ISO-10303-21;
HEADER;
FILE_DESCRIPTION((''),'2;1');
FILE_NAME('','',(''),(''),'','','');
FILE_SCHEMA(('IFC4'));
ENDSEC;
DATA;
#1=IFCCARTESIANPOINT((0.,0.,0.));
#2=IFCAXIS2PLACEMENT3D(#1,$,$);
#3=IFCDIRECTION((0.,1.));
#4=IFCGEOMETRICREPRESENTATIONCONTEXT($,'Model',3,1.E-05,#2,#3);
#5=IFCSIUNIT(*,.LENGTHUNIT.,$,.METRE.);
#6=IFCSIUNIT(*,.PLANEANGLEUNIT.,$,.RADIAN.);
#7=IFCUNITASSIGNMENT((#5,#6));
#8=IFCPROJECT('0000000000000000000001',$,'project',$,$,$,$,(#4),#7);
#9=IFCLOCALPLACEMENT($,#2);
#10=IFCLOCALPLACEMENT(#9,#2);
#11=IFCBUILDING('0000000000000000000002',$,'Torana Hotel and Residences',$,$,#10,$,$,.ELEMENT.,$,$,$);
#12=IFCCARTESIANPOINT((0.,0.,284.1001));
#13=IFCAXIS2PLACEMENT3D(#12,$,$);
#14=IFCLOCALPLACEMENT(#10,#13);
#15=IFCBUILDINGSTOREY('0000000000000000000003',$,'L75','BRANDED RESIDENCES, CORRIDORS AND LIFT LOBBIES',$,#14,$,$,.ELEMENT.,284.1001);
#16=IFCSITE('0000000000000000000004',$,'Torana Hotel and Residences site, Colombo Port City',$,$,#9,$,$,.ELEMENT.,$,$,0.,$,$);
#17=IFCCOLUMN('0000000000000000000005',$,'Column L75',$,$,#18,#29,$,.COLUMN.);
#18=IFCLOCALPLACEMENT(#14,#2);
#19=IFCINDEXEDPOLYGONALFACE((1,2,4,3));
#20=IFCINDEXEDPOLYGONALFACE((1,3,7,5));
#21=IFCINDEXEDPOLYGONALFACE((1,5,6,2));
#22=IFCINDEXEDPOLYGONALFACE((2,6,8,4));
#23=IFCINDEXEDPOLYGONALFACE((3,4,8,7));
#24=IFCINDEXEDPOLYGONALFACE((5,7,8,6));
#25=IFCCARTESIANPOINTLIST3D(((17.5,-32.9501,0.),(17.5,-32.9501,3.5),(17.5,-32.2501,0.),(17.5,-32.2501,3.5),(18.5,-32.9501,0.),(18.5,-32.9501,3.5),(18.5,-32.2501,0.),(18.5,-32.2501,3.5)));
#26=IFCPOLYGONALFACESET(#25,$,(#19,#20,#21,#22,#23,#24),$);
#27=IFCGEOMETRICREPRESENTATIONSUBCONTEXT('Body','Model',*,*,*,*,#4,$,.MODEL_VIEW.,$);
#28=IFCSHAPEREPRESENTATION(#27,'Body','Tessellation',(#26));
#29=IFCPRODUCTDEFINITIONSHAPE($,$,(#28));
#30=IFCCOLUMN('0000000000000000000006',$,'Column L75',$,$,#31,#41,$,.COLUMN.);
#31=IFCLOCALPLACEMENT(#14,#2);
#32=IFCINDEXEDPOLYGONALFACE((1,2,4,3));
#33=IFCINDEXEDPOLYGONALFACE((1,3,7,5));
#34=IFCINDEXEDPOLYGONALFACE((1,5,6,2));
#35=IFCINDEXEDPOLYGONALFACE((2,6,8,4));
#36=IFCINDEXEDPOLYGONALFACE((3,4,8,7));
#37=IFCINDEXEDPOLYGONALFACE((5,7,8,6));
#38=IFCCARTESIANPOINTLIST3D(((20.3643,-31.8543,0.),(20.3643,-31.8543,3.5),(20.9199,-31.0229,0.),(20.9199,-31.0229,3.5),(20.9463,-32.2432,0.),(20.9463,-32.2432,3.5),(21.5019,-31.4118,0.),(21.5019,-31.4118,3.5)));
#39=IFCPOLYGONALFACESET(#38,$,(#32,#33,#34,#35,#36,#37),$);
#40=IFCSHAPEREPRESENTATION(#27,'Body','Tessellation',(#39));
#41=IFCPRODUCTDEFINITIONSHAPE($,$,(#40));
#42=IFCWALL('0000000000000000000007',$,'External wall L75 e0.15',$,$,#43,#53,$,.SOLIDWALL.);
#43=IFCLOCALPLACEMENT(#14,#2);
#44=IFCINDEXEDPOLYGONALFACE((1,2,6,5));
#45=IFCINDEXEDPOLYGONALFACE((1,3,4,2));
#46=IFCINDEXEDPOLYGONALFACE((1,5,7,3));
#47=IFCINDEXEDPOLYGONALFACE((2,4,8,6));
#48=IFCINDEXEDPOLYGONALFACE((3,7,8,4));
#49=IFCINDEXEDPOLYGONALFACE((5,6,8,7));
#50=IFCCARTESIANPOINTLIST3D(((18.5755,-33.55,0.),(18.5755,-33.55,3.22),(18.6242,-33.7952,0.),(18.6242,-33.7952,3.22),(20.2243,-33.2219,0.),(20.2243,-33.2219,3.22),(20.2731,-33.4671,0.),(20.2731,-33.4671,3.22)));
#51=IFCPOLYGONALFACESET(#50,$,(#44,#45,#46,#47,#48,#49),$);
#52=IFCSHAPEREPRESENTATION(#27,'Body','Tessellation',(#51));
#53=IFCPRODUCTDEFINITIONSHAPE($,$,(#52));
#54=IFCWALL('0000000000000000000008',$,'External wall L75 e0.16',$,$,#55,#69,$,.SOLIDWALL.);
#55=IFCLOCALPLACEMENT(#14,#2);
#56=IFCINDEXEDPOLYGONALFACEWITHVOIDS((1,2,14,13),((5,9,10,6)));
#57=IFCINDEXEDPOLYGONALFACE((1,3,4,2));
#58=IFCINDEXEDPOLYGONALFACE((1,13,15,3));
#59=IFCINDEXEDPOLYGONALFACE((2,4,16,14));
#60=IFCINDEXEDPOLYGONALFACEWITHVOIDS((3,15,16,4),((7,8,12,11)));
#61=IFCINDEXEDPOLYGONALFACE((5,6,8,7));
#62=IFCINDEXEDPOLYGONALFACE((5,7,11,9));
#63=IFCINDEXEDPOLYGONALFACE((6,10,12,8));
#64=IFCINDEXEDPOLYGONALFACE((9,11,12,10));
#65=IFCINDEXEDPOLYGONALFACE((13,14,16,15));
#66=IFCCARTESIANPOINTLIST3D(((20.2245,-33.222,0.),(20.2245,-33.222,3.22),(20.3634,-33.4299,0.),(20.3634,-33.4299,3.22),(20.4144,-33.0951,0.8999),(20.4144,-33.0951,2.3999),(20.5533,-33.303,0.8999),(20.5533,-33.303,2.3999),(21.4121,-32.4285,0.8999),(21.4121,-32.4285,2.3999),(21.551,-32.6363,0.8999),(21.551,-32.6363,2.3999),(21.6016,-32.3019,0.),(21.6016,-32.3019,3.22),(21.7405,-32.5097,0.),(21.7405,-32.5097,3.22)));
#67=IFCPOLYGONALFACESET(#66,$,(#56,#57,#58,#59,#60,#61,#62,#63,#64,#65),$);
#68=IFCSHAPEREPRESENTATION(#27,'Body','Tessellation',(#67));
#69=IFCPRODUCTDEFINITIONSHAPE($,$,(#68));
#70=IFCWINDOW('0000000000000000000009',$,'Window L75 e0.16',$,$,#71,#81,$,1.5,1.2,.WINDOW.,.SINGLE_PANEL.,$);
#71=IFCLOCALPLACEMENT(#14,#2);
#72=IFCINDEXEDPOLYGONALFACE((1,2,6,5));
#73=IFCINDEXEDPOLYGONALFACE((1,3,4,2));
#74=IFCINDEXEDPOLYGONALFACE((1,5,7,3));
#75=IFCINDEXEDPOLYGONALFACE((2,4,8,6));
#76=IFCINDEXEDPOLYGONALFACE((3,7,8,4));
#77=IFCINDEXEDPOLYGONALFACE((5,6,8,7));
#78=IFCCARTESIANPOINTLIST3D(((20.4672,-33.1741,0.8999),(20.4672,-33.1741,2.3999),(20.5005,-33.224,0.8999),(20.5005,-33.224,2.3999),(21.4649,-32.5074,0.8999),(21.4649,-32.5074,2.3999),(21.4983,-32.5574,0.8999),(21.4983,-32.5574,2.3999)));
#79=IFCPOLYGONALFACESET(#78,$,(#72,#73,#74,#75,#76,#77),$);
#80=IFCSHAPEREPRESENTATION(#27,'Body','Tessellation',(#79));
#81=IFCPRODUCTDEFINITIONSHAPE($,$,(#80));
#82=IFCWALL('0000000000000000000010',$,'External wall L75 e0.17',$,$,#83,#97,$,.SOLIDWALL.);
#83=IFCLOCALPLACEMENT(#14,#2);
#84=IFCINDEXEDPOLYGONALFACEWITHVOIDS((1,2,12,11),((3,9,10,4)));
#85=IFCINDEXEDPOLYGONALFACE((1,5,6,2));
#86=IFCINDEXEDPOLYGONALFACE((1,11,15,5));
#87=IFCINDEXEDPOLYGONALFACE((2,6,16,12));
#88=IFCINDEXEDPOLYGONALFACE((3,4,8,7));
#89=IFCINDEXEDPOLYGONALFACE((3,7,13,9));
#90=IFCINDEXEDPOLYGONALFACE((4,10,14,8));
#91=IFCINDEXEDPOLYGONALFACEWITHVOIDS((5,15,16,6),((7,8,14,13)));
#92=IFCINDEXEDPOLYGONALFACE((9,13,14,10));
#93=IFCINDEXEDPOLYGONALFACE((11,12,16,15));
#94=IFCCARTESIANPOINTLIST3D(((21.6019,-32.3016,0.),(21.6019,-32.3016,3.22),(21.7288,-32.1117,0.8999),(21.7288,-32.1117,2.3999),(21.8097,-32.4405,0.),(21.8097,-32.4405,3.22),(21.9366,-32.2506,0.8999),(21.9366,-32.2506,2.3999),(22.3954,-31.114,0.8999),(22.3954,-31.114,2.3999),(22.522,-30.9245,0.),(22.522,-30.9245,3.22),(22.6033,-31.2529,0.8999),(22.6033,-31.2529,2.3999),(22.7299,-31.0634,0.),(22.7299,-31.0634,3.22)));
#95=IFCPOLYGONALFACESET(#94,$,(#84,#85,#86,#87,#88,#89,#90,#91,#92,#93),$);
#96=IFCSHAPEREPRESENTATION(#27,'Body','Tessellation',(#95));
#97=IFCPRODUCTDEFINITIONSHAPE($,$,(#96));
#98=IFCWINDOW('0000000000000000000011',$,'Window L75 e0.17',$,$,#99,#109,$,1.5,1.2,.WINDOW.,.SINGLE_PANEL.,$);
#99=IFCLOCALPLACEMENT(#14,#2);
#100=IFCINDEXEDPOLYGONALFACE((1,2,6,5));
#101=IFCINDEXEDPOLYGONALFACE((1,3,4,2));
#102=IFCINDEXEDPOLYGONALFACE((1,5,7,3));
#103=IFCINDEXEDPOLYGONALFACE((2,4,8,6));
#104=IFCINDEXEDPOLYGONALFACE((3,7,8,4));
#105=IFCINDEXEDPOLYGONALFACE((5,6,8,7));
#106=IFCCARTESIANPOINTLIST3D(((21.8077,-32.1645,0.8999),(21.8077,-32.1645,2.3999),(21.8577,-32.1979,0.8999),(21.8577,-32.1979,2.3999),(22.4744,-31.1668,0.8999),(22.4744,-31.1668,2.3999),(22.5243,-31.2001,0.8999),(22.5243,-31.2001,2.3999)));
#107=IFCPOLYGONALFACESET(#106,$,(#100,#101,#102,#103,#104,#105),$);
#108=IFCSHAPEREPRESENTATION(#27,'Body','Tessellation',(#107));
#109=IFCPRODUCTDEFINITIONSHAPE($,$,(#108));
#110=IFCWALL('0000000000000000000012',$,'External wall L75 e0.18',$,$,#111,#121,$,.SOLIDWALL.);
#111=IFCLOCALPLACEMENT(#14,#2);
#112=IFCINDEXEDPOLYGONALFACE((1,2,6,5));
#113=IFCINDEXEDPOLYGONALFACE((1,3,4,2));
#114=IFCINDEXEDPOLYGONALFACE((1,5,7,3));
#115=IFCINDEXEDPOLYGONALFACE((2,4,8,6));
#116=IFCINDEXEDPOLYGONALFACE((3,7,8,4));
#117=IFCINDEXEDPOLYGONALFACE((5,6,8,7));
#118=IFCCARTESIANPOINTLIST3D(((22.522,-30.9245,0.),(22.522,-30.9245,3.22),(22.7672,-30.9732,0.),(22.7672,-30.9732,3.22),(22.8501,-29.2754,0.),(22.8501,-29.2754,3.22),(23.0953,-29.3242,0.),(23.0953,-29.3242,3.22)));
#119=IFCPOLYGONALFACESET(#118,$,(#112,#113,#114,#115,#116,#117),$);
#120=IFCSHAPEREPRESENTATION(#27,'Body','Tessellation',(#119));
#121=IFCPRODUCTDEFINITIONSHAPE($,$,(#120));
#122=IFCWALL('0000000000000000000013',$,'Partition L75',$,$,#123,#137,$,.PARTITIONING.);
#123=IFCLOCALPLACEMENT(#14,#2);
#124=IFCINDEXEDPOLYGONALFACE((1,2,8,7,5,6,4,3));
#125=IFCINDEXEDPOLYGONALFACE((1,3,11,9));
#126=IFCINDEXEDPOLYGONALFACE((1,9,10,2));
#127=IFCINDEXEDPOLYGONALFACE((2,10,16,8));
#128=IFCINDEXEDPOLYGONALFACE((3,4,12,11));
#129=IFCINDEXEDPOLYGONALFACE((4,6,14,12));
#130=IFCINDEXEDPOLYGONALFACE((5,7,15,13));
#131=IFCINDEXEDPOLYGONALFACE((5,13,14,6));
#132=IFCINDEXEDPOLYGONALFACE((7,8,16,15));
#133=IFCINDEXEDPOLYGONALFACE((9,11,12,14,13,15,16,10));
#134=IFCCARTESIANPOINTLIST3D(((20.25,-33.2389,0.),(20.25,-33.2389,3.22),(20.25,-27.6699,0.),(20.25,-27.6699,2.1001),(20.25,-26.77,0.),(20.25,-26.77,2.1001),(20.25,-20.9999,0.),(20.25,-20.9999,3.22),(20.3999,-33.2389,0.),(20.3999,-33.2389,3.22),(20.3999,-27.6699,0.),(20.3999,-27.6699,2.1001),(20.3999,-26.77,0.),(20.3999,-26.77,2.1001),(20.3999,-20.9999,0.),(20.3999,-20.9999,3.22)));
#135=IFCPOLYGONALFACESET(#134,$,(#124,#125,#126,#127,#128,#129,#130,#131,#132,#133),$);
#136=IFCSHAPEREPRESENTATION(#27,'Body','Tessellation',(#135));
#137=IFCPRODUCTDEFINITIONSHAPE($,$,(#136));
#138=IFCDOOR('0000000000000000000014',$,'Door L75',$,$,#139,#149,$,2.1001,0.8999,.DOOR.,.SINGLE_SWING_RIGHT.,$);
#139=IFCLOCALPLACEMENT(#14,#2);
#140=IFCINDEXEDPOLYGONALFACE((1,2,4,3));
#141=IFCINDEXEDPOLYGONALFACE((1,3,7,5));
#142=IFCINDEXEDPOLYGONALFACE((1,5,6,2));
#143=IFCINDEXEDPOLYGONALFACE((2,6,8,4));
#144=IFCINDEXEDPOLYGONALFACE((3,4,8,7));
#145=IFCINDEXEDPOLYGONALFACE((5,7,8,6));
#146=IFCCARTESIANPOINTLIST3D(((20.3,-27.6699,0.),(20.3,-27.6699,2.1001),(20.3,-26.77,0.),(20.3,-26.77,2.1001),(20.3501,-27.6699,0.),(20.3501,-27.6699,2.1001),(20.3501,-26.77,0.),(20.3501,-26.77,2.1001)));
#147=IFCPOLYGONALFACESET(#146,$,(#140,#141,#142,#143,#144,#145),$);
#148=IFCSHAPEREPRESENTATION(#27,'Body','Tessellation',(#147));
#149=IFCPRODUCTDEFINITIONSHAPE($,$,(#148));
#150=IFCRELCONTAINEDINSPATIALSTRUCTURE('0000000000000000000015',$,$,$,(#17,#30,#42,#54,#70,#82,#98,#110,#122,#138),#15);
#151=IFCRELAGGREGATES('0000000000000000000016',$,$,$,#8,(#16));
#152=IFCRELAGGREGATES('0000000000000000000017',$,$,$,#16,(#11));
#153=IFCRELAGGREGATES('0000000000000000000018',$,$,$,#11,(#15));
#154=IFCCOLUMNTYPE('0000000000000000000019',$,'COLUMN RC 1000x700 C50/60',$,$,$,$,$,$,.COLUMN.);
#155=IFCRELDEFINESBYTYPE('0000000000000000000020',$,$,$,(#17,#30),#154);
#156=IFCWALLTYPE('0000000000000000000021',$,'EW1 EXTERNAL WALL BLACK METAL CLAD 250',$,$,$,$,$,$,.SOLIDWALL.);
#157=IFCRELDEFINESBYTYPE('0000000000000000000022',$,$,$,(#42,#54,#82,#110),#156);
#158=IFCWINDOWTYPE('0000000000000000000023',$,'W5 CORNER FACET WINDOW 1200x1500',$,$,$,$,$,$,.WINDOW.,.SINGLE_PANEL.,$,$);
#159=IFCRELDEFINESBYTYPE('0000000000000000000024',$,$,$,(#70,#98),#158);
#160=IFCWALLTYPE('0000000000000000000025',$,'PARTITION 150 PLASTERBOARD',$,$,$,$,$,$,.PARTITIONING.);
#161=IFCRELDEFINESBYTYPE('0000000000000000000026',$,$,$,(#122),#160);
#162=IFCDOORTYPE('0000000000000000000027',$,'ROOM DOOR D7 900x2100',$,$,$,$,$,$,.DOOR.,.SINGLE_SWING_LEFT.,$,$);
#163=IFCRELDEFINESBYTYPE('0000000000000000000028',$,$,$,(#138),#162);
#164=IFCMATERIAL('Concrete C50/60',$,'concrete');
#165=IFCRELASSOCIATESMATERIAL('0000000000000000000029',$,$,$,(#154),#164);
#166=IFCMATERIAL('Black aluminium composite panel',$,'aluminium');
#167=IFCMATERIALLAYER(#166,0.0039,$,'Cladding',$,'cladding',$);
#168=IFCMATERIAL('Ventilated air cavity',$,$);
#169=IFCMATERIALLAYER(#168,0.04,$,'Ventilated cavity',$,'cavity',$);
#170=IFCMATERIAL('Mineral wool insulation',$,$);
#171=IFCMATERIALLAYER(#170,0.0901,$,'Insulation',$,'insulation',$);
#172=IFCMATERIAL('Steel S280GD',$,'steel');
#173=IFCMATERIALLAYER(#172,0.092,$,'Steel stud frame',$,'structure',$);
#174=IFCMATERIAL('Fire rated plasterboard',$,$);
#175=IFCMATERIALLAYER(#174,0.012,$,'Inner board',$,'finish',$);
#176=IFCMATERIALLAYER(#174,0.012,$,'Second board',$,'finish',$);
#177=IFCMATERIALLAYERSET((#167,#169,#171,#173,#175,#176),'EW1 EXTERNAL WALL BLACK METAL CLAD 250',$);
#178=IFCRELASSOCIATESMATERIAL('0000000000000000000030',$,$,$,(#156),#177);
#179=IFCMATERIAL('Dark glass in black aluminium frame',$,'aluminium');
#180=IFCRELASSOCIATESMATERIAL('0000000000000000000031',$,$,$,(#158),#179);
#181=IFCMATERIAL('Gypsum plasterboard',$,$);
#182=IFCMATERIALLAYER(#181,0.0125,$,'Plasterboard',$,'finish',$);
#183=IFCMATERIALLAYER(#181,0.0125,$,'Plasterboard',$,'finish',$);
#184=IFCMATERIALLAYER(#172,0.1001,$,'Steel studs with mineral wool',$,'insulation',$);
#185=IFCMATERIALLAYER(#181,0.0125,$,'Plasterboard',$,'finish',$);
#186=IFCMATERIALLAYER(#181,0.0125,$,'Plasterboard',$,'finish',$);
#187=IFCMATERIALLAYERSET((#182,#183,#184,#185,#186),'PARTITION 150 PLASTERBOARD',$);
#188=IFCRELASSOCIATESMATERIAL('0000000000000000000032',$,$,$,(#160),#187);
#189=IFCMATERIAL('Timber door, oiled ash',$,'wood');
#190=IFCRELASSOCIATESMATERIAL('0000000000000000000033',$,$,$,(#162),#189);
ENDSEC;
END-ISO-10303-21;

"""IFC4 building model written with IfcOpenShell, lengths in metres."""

from ifc_helpers import new_model, si_unit, direction, frame, frame_2d, origin, origin_2d, place, context, subcontext, project, spatial, rectangle, extrude, material, layer, layer_set, material_profile, profile_set, type_object, element, fill, save


model = new_model("IFC4")

# Units and contexts
model_context = context("Model", 3, precision=1e-05, world=origin(), true_north=direction((0.0, 1.0)))
body_context = subcontext(model_context, "Body", "Model", "MODEL_VIEW")
ifc_project = project(units=[si_unit("LENGTHUNIT", "METRE"), si_unit("PLANEANGLEUNIT", "RADIAN")], contexts=[model_context])

# Site, building, storey
site_placement = place(None, origin())
site = spatial("IfcSite", under=ifc_project, at=site_placement, Name="Torana Hotel and Residences site, Colombo Port City", CompositionType="ELEMENT", RefElevation=0.0)
building_placement = place(site_placement, origin())
building = spatial("IfcBuilding", under=site, at=building_placement, Name="Torana Hotel and Residences", CompositionType="ELEMENT")
storey_placement = place(building_placement, frame((0.0, 0.0, 284.1001)))
storey = spatial("IfcBuildingStorey", under=building, at=storey_placement, Name="L75", Description="BRANDED RESIDENCES, CORRIDORS AND LIFT LOBBIES", CompositionType="ELEMENT", Elevation=284.1001)

# Columns
ifc_material_1 = material(Name="Concrete C50/60", Category="concrete")
ifc_material_profile = material_profile(ifc_material_1, rectangle(XDim=1.0, YDim=0.7, at=origin_2d()), Name="RC 1000x700")
ifc_profile_set = profile_set([ifc_material_profile], Name="Concrete C50/60")
column_type = type_object("IfcColumnType", Name="COLUMN RC 1000x700 C50/60", PredefinedType="COLUMN", material=ifc_profile_set)
for number, where, z_axis, x_axis, name in (
    (1, (18.0, -32.6001, 0.0), (0.0, 0.0, 1.0), (1.0, 0.0, 0.0), "Column L75"),
    (2, (20.9331, -31.6331, 0.0), (0.0, 0.0, 1.0), (0.555585, 0.83146, 0.0), "Column L75"),
):
    element("IfcColumn", number, at=place(storey_placement, frame(where, z_axis=z_axis, x_axis=x_axis)), inside=storey, type_object=column_type, Name=name, PredefinedType="COLUMN", context=body_context, shape_type="SweptSolid", body=[
        extrude(rectangle(XDim=1.0, YDim=0.7, at=origin_2d()), origin(), (0.0, 0.0, 1.0), 3.5),
    ])

# Wall
ifc_material_2 = material(Name="Black aluminium composite panel", Category="aluminium")
ifc_layer_1 = layer(ifc_material_2, 0.0039, Name="Cladding", Category="cladding")
ifc_material_3 = material(Name="Ventilated air cavity")
ifc_layer_2 = layer(ifc_material_3, 0.04, Name="Ventilated cavity", Category="cavity")
ifc_material_4 = material(Name="Mineral wool insulation")
ifc_layer_3 = layer(ifc_material_4, 0.0901, Name="Insulation", Category="insulation")
ifc_material_5 = material(Name="Steel S280GD", Category="steel")
ifc_layer_4 = layer(ifc_material_5, 0.092, Name="Steel stud frame", Category="structure")
ifc_material_6 = material(Name="Fire rated plasterboard")
ifc_layer_5 = layer(ifc_material_6, 0.012, Name="Inner board", Category="finish")
ifc_layer_6 = layer(ifc_material_6, 0.012, Name="Second board", Category="finish")
ifc_layer_set_1 = layer_set([ifc_layer_1, ifc_layer_2, ifc_layer_3, ifc_layer_4, ifc_layer_5, ifc_layer_6], Name="EW1 EXTERNAL WALL BLACK METAL CLAD 250")
wall_type_1 = type_object("IfcWallType", Name="EW1 EXTERNAL WALL BLACK METAL CLAD 250", PredefinedType="SOLIDWALL", material=ifc_layer_set_1)
wall_1_placement = place(storey_placement, frame((18.5999, -33.6726, 0.0), z_axis=(0.0, 0.0, 1.0), x_axis=(0.98077, 0.195167, 0.0)))
element("IfcWall", 3, at=wall_1_placement, inside=storey, type_object=wall_type_1, Name="External wall L75 e0.15", PredefinedType="SOLIDWALL", context=body_context, shape_type="SweptSolid", body=[
    extrude(rectangle(XDim=1.6812, YDim=0.25, at=frame_2d((0.8406, 0.0))), origin(), (0.0, 0.0, 1.0), 3.22),
])

# Walls, openings, windows
wall_2_placement = place(storey_placement, frame((20.2939, -33.3259, 0.0), z_axis=(0.0, 0.0, 1.0), x_axis=(0.831483, 0.55555, 0.0)))
wall_2 = element("IfcWall", 4, at=wall_2_placement, inside=storey, type_object=wall_type_1, Name="External wall L75 e0.16", PredefinedType="SOLIDWALL", context=body_context, shape_type="SweptSolid", body=[
    extrude(rectangle(XDim=1.6562, YDim=0.25, at=frame_2d((0.8281, 0.0))), origin(), (0.0, 0.0, 1.0), 3.22),
])
opening_1_placement = place(wall_2_placement, frame((0.2283, 0.0, 0.8999)))
opening_1 = element("IfcOpeningElement", 5, at=opening_1_placement, cuts=wall_2, PredefinedType="OPENING", context=body_context, shape_type="SweptSolid", body=[
    extrude(rectangle(XDim=1.2, YDim=1.5, at=frame_2d((0.6001, 0.75))), frame((0.0, 0.135, 0.0), z_axis=(0.0, -1.0, 0.0), x_axis=(1.0, 0.0, 0.0)), (0.0, 0.0, 1.0), 0.27),
])
ifc_material_7 = material(Name="Dark glass in black aluminium frame", Category="aluminium")
window_type_1 = type_object("IfcWindowType", Name="W5 CORNER FACET WINDOW 1200x1500", PartitioningType="SINGLE_PANEL", PredefinedType="WINDOW", material=ifc_material_7)
window_1_placement = place(opening_1_placement, origin())
window_1 = element("IfcWindow", 6, at=window_1_placement, inside=storey, type_object=window_type_1, Name="Window L75 e0.16", OverallHeight=1.5, OverallWidth=1.2, PartitioningType="SINGLE_PANEL", PredefinedType="WINDOW", context=body_context, shape_type="SweptSolid", body=[
    extrude(rectangle(XDim=1.2, YDim=1.5, at=frame_2d((0.6001, 0.75))), frame((0.0, 0.03, 0.0), z_axis=(0.0, -1.0, 0.0), x_axis=(1.0, 0.0, 0.0)), (0.0, 0.0, 1.0), 0.0601),
])
fill(opening_1, window_1)
wall_3_placement = place(storey_placement, frame((21.7058, -32.3711, 0.0), z_axis=(0.0, 0.0, 1.0), x_axis=(0.55555, 0.831483, 0.0)))
wall_3 = element("IfcWall", 7, at=wall_3_placement, inside=storey, type_object=wall_type_1, Name="External wall L75 e0.17", PredefinedType="SOLIDWALL", context=body_context, shape_type="SweptSolid", body=[
    extrude(rectangle(XDim=1.6562, YDim=0.25, at=frame_2d((0.8281, 0.0))), origin(), (0.0, 0.0, 1.0), 3.22),
])
opening_2_placement = place(wall_3_placement, frame((0.2283, 0.0, 0.8999)))
opening_2 = element("IfcOpeningElement", 8, at=opening_2_placement, cuts=wall_3, PredefinedType="OPENING", context=body_context, shape_type="SweptSolid", body=[
    extrude(rectangle(XDim=1.2, YDim=1.5, at=frame_2d((0.6001, 0.75))), frame((0.0, 0.135, 0.0), z_axis=(0.0, -1.0, 0.0), x_axis=(1.0, 0.0, 0.0)), (0.0, 0.0, 1.0), 0.27),
])
window_2_placement = place(opening_2_placement, origin())
window_2 = element("IfcWindow", 9, at=window_2_placement, inside=storey, type_object=window_type_1, Name="Window L75 e0.17", OverallHeight=1.5, OverallWidth=1.2, PartitioningType="SINGLE_PANEL", PredefinedType="WINDOW", context=body_context, shape_type="SweptSolid", body=[
    extrude(rectangle(XDim=1.2, YDim=1.5, at=frame_2d((0.6001, 0.75))), frame((0.0, 0.03, 0.0), z_axis=(0.0, -1.0, 0.0), x_axis=(1.0, 0.0, 0.0)), (0.0, 0.0, 1.0), 0.0601),
])
fill(opening_2, window_2)

# Wall
wall_4_placement = place(storey_placement, frame((22.6445, -30.949, 0.0), z_axis=(0.0, 0.0, 1.0), x_axis=(0.195139, 0.980776, 0.0)))
element("IfcWall", 10, at=wall_4_placement, inside=storey, type_object=wall_type_1, Name="External wall L75 e0.18", PredefinedType="SOLIDWALL", context=body_context, shape_type="SweptSolid", body=[
    extrude(rectangle(XDim=1.6814, YDim=0.25, at=frame_2d((0.8408, 0.0))), origin(), (0.0, 0.0, 1.0), 3.22),
])

# Wall, opening, door
ifc_material_8 = material(Name="Gypsum plasterboard")
ifc_layer_7 = layer(ifc_material_8, 0.0125, Name="Plasterboard", Category="finish")
ifc_layer_8 = layer(ifc_material_8, 0.0125, Name="Plasterboard", Category="finish")
ifc_layer_9 = layer(ifc_material_5, 0.1001, Name="Steel studs with mineral wool", Category="insulation")
ifc_layer_10 = layer(ifc_material_8, 0.0125, Name="Plasterboard", Category="finish")
ifc_layer_11 = layer(ifc_material_8, 0.0125, Name="Plasterboard", Category="finish")
ifc_layer_set_2 = layer_set([ifc_layer_7, ifc_layer_8, ifc_layer_9, ifc_layer_10, ifc_layer_11], Name="PARTITION 150 PLASTERBOARD")
wall_type_2 = type_object("IfcWallType", Name="PARTITION 150 PLASTERBOARD", PredefinedType="PARTITIONING", material=ifc_layer_set_2)
wall_5_placement = place(storey_placement, frame((20.325, -33.239, 0.0), z_axis=(0.0, 0.0, 1.0), x_axis=(0.0, 1.0, 0.0)))
wall_5 = element("IfcWall", 11, at=wall_5_placement, inside=storey, type_object=wall_type_2, Name="Partition L75", PredefinedType="PARTITIONING", context=body_context, shape_type="SweptSolid", body=[
    extrude(rectangle(XDim=12.239, YDim=0.1499, at=frame_2d((6.1196, 0.0))), origin(), (0.0, 0.0, 1.0), 3.22),
])
opening_3_placement = place(wall_5_placement, frame((5.5691, 0.0, 0.0)))
opening_3 = element("IfcOpeningElement", 12, at=opening_3_placement, cuts=wall_5, PredefinedType="OPENING", context=body_context, shape_type="SweptSolid", body=[
    extrude(rectangle(XDim=0.8999, YDim=2.1001, at=frame_2d((0.45, 1.05))), frame((0.0, 0.085, 0.0), z_axis=(0.0, -1.0, 0.0), x_axis=(1.0, 0.0, 0.0)), (0.0, 0.0, 1.0), 0.1699),
])
ifc_material_9 = material(Name="Timber door, oiled ash", Category="wood")
door_type_1 = type_object("IfcDoorType", Name="ROOM DOOR D7 900x2100", OperationType="SINGLE_SWING_LEFT", PredefinedType="DOOR", material=ifc_material_9)
door_1_placement = place(opening_3_placement, origin())
door_1 = element("IfcDoor", 13, at=door_1_placement, inside=storey, type_object=door_type_1, Name="Door L75", OperationType="SINGLE_SWING_RIGHT", OverallHeight=2.1001, OverallWidth=0.8999, PredefinedType="DOOR", context=body_context, shape_type="SweptSolid", body=[
    extrude(rectangle(XDim=0.8999, YDim=2.1001, at=frame_2d((0.45, 1.05))), frame((0.0, 0.0249, 0.0), z_axis=(0.0, -1.0, 0.0), x_axis=(1.0, 0.0, 0.0)), (0.0, 0.0, 1.0), 0.05),
])
fill(opening_3, door_1)

save(model, "model.ifc")
